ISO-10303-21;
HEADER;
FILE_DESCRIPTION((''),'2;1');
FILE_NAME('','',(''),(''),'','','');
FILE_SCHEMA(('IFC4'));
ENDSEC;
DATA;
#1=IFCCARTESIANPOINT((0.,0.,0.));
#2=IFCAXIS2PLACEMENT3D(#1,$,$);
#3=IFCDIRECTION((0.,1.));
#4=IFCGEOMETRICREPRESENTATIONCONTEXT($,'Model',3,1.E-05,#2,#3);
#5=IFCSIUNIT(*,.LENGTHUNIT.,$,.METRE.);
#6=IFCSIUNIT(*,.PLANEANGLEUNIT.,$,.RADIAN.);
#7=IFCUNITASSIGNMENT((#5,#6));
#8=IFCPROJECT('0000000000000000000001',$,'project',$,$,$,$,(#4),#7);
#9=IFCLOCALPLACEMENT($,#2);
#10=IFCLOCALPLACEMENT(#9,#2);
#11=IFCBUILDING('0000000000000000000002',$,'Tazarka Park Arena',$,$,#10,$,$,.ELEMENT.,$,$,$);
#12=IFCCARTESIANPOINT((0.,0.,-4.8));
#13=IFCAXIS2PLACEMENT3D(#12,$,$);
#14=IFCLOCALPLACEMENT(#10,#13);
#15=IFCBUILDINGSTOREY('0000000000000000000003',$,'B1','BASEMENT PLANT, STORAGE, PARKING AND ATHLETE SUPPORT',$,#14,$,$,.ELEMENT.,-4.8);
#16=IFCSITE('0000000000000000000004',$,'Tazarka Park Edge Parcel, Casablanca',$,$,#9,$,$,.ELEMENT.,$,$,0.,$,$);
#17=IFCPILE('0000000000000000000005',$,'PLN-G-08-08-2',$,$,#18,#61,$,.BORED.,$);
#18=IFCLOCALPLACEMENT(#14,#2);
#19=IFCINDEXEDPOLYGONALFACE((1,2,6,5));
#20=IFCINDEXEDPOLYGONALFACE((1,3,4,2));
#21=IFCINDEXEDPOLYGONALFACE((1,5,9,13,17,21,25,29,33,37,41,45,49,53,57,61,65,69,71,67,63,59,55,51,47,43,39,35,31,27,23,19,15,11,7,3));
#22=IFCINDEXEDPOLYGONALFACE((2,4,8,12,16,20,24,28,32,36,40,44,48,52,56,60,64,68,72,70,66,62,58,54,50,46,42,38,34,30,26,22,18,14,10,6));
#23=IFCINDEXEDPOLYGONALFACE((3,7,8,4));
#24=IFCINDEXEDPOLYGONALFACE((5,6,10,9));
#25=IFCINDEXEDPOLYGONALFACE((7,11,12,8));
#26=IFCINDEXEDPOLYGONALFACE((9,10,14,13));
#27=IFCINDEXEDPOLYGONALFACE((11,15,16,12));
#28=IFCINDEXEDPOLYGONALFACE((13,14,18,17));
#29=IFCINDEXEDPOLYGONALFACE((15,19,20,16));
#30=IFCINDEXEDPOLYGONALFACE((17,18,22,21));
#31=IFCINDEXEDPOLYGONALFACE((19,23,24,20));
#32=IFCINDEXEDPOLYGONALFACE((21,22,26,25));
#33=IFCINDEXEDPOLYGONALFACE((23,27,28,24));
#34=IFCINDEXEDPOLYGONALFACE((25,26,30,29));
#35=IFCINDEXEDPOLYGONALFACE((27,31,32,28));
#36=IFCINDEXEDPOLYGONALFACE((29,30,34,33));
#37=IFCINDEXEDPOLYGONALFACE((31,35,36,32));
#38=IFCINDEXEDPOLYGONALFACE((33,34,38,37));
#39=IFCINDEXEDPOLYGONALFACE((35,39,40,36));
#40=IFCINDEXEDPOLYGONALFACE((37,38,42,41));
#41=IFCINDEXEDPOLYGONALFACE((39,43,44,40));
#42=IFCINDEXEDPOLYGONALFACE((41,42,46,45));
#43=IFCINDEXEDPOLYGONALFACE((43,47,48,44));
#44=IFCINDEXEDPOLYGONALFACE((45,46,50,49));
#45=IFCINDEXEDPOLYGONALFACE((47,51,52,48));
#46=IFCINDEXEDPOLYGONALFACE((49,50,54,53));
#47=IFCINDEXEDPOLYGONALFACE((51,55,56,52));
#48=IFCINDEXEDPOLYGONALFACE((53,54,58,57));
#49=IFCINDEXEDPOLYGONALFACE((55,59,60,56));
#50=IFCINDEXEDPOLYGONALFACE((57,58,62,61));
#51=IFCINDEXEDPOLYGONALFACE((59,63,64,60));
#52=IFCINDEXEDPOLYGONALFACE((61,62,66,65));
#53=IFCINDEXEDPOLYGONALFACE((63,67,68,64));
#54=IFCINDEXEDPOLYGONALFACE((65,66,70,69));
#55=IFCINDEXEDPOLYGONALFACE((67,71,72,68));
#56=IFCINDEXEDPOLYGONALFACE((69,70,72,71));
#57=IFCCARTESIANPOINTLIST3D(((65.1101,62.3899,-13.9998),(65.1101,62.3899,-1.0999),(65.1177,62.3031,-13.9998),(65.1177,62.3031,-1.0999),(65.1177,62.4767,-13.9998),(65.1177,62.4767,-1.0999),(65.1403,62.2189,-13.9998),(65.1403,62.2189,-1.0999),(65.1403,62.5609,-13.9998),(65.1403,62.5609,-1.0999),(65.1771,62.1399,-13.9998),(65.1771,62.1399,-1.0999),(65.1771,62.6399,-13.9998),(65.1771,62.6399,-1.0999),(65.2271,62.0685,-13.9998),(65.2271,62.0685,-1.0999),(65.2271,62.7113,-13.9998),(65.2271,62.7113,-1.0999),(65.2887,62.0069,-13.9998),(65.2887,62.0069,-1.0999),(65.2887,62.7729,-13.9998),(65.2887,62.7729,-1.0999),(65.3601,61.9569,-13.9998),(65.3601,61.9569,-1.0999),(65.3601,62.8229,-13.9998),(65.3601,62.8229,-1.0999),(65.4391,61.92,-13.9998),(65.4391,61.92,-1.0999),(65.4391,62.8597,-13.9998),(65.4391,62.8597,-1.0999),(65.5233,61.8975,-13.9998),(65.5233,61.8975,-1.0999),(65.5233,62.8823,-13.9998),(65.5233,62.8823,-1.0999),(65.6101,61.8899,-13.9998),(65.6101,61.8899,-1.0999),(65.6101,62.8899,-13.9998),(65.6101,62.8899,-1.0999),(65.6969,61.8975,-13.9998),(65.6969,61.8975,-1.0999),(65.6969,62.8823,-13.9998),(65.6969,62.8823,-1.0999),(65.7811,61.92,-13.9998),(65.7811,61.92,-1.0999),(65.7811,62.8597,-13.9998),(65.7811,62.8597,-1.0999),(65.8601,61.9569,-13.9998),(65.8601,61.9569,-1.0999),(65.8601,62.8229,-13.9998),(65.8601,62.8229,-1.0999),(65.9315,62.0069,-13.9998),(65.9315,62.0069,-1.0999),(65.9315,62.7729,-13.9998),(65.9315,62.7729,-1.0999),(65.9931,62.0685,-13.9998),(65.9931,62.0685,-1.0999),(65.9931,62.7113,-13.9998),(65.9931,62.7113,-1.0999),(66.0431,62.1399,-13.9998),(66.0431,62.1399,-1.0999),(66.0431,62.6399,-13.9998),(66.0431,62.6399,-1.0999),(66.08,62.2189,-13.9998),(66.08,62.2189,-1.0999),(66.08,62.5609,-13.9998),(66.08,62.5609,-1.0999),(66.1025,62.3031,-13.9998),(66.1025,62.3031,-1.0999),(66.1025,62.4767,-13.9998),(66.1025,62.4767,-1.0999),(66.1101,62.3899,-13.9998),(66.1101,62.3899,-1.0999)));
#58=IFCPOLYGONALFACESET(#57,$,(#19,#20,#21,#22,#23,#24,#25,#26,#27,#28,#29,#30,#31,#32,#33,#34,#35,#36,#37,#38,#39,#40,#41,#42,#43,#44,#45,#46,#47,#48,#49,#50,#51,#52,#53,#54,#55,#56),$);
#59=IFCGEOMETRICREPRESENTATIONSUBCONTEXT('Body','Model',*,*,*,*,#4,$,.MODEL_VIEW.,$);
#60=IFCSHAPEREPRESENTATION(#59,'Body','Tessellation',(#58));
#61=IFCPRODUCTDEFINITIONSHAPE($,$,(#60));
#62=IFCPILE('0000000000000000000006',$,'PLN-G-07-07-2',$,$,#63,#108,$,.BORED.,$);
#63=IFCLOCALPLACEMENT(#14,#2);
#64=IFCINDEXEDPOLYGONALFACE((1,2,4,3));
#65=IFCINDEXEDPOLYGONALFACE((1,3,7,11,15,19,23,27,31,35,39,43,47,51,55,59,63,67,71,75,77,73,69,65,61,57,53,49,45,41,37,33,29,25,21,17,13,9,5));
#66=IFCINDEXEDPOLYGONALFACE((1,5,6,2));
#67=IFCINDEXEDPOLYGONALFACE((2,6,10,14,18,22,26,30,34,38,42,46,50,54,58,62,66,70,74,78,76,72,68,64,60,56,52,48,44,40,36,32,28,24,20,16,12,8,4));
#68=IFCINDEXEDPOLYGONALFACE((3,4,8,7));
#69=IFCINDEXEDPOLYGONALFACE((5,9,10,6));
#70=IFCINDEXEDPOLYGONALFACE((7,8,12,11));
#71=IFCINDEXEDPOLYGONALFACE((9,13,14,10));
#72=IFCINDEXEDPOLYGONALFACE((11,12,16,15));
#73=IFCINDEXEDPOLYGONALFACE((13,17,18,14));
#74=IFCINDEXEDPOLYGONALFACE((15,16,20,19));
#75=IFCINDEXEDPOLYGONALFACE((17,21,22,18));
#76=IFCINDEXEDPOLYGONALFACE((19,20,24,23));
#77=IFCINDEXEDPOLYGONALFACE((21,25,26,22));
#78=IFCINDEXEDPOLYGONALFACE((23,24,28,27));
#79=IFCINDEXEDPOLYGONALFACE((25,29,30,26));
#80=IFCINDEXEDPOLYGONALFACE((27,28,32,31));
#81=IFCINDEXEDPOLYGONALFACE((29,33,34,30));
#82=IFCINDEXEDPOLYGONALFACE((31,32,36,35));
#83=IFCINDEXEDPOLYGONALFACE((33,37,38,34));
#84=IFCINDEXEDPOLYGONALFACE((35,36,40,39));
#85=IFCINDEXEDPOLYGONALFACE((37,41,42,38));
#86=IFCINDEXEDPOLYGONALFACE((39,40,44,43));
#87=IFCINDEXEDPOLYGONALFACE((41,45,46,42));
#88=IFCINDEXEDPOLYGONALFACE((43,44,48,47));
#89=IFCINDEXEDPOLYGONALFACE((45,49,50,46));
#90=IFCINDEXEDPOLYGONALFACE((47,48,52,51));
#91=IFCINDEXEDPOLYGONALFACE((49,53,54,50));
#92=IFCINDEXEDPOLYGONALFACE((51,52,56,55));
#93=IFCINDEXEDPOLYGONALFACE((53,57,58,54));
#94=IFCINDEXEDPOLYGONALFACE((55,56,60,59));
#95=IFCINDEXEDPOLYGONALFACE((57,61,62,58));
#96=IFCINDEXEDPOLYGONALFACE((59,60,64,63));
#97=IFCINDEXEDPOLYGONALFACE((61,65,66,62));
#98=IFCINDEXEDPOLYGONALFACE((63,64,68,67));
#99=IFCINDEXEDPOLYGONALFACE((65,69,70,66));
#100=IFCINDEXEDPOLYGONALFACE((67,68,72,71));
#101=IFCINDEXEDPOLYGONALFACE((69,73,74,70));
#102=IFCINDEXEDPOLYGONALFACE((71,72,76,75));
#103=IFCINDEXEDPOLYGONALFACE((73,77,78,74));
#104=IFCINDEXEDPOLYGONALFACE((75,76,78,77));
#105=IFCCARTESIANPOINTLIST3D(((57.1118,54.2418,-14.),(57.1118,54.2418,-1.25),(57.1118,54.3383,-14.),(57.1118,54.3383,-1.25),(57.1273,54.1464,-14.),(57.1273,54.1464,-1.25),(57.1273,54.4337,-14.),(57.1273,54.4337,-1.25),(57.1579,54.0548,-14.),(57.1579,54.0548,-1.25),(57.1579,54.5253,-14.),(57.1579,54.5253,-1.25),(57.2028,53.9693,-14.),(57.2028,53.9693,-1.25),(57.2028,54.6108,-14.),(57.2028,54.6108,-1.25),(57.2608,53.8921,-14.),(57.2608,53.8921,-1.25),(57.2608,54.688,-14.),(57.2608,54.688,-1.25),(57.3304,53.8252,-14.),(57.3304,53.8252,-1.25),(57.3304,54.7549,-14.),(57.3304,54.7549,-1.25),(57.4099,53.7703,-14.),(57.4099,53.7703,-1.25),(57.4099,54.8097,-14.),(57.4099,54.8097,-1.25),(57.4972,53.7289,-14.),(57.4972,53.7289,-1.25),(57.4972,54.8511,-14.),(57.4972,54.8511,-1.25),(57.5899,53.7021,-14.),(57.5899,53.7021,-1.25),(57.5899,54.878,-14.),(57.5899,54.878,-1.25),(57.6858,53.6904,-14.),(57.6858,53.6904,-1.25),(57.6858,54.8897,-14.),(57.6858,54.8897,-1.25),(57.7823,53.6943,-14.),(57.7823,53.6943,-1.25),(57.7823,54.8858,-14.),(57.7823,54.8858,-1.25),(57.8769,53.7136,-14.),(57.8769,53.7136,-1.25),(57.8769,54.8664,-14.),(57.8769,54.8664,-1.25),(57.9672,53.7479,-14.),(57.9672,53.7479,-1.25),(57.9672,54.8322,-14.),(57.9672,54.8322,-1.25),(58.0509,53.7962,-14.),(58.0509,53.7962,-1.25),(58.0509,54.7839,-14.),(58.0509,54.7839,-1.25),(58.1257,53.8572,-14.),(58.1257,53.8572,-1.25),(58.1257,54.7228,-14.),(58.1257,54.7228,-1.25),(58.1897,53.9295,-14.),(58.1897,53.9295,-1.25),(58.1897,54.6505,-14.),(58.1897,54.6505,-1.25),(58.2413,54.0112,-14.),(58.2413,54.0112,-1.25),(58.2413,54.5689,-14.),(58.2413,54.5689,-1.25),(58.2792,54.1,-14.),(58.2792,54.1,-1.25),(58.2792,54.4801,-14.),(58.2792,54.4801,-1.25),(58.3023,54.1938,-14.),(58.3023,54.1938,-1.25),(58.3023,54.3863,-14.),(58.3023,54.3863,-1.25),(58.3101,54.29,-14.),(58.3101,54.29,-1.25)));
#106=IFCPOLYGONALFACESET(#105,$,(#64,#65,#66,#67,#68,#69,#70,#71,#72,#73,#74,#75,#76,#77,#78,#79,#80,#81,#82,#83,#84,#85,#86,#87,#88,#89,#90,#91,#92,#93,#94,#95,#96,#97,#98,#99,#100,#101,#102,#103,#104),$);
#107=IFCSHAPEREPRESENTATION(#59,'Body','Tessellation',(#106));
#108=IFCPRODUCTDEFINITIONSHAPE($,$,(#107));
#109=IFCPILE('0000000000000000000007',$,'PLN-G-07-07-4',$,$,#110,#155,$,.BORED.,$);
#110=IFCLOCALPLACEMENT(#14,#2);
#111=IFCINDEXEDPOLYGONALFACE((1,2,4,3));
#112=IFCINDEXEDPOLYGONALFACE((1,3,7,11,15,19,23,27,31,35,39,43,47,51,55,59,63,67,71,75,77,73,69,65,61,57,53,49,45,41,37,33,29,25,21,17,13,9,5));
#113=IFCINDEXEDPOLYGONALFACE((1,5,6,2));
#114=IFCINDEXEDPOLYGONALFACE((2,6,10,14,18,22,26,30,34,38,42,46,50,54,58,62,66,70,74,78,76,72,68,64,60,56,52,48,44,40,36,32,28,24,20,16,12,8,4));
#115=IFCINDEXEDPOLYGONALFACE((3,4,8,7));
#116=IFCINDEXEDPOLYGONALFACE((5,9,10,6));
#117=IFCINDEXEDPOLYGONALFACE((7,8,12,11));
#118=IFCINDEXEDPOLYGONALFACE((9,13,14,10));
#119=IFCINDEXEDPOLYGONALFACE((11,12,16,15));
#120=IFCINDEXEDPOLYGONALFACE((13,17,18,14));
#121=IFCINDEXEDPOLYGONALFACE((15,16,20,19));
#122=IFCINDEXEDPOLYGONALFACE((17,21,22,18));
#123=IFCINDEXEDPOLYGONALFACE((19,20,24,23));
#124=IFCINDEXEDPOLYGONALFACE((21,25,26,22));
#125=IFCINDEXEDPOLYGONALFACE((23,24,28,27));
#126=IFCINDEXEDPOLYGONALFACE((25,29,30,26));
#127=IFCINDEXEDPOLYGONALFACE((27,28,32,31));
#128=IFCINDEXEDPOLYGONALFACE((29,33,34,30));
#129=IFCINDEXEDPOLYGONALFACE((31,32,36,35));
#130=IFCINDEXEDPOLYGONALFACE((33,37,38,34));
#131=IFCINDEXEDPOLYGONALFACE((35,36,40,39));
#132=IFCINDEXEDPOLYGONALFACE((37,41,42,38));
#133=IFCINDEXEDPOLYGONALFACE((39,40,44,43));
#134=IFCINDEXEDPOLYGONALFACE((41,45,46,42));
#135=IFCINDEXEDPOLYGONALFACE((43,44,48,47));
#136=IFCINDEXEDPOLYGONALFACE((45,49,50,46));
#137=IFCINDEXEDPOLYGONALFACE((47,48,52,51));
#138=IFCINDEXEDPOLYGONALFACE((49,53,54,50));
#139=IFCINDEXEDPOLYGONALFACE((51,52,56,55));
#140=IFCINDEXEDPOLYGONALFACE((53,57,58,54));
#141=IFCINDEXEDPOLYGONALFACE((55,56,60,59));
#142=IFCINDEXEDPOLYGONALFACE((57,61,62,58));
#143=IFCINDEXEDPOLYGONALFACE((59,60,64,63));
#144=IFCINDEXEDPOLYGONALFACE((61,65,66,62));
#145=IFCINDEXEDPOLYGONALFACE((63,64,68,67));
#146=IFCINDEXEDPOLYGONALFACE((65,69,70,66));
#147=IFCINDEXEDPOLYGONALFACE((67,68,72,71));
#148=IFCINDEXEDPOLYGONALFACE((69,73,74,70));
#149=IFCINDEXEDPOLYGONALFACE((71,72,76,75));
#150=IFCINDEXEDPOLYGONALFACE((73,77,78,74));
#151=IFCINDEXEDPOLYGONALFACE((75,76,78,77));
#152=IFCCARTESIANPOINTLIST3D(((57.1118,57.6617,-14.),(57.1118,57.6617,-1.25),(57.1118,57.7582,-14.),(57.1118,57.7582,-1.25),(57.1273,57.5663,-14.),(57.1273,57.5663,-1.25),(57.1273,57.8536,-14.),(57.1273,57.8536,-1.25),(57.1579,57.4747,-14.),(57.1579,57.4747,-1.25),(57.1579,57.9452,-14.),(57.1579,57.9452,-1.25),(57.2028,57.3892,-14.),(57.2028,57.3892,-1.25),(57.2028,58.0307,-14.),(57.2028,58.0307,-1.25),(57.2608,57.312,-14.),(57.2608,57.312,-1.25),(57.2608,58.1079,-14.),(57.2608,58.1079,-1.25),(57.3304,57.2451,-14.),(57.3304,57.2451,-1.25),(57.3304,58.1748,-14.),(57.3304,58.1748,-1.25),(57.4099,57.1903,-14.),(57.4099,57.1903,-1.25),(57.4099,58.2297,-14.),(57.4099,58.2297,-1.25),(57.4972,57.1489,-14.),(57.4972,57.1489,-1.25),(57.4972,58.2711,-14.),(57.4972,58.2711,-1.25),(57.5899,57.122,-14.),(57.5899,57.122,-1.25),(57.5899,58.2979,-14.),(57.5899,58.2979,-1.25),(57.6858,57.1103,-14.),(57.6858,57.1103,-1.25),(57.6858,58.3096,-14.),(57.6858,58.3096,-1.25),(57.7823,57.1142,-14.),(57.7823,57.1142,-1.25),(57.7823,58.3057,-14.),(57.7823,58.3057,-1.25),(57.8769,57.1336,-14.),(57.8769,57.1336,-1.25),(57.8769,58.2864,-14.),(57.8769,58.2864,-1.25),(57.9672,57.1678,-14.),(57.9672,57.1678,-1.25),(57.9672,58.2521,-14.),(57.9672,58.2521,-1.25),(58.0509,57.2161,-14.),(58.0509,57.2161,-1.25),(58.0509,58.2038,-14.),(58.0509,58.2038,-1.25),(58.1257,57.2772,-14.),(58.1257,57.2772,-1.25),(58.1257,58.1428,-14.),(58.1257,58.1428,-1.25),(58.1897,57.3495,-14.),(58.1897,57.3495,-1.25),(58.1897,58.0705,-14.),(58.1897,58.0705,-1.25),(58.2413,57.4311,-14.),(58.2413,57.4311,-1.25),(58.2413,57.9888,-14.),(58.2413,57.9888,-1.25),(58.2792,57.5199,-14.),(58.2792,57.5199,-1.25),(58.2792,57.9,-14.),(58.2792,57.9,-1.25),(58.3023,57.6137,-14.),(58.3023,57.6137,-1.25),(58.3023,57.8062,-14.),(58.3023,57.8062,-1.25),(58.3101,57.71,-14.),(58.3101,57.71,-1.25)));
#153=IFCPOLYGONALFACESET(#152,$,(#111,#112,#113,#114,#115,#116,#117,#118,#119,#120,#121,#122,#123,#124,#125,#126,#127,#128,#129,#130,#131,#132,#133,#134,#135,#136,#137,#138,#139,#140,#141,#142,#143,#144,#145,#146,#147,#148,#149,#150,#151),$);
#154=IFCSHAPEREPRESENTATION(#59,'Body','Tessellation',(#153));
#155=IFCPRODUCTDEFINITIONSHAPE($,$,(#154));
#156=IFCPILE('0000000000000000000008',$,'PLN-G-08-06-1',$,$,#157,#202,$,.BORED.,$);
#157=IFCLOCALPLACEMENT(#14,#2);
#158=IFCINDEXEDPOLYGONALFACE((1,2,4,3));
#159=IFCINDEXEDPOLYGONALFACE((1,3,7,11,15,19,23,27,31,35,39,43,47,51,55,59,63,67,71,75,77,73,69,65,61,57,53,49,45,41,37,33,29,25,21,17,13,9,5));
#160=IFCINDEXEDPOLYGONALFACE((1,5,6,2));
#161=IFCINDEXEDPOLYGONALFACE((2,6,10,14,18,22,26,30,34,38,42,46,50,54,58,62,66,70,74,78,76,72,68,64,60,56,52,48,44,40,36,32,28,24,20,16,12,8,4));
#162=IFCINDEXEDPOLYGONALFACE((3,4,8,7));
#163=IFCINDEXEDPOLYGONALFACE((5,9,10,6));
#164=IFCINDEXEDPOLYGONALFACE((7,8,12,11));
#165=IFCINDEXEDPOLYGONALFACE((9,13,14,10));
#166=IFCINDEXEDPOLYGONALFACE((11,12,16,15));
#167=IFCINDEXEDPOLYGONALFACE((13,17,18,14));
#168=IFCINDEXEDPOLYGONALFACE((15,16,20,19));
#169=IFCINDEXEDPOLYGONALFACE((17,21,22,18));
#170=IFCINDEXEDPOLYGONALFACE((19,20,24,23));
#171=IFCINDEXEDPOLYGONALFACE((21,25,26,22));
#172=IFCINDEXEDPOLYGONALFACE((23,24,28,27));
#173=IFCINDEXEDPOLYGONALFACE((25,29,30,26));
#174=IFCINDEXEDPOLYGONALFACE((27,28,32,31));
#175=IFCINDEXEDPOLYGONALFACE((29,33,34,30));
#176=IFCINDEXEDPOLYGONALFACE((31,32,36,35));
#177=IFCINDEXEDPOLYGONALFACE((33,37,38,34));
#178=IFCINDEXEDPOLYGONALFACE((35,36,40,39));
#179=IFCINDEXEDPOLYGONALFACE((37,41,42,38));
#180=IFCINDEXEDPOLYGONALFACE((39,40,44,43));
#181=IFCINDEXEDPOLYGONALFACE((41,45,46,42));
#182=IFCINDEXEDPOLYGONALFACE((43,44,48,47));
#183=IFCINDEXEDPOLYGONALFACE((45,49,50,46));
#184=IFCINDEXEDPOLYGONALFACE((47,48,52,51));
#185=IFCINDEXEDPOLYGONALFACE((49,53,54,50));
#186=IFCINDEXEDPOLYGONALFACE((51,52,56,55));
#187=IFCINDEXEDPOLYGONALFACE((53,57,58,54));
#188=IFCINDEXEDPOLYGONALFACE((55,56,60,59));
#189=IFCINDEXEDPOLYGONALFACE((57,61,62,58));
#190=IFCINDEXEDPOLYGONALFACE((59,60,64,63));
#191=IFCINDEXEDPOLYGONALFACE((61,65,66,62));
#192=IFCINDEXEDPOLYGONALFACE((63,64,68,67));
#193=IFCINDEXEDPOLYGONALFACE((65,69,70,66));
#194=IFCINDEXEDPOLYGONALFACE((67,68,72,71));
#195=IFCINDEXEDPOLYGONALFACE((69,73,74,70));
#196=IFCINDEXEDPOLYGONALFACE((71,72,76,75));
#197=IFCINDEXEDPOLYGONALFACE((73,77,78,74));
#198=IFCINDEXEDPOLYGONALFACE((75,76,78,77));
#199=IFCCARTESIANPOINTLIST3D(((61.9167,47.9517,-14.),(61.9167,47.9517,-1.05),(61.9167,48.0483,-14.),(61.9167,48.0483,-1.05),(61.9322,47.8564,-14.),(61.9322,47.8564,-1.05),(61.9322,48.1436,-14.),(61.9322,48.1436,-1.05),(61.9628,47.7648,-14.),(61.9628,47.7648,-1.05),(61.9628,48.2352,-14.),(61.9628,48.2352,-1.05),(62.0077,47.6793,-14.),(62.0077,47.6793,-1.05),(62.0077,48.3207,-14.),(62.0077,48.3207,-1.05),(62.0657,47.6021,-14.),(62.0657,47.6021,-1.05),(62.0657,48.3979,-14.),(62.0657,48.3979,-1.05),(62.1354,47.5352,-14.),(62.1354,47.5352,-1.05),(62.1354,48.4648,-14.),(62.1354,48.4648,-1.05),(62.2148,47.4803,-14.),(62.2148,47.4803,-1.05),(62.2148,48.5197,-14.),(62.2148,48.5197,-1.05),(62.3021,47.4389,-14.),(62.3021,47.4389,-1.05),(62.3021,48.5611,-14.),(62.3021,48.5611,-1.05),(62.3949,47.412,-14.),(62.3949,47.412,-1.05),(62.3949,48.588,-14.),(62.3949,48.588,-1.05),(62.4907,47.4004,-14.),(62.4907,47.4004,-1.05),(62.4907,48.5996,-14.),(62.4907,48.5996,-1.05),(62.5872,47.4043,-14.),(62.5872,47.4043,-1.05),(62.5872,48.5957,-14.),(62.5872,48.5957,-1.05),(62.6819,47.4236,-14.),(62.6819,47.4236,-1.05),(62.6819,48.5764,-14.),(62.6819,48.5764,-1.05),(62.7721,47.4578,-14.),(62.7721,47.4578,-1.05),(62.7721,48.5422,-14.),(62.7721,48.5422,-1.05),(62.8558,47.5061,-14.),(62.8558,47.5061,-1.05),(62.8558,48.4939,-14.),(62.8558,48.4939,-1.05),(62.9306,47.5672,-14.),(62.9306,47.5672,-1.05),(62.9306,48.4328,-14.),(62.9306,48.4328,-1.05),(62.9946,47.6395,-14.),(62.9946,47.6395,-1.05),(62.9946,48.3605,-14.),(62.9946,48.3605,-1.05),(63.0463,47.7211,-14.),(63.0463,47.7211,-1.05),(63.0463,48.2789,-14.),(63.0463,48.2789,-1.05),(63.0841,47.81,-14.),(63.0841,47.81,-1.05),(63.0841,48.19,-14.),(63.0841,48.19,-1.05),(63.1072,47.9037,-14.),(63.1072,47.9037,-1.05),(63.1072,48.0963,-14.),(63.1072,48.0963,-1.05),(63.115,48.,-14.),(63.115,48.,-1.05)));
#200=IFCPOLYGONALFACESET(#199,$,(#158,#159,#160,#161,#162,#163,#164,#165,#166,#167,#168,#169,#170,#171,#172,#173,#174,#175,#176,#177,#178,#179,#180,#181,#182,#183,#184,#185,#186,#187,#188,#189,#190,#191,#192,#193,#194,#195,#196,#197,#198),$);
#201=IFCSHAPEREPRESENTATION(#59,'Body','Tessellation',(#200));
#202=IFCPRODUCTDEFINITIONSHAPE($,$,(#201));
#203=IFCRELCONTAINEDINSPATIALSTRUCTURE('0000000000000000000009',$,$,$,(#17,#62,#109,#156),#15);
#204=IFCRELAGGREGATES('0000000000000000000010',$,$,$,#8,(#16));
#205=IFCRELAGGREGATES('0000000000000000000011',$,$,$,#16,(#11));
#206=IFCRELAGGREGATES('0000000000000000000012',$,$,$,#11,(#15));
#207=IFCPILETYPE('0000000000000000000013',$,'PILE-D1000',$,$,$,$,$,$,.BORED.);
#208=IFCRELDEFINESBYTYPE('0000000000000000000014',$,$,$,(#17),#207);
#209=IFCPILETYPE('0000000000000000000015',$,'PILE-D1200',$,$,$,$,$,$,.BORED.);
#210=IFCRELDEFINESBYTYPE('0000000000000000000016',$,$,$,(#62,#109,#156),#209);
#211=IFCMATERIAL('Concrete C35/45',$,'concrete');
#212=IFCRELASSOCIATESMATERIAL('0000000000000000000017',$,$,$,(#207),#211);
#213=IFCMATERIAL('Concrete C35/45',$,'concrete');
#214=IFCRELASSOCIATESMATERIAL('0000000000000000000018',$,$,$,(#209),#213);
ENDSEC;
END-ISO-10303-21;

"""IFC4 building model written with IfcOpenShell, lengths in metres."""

from ifc_helpers import new_model, si_unit, direction, frame, origin, origin_2d, place, context, subcontext, project, spatial, circle, extrude, material, material_profile, profile_set, type_object, element, save


model = new_model("IFC4")

# Units and contexts
model_context = context("Model", 3, precision=1e-05, world=origin(), true_north=direction((0.0, 1.0)))
body_context = subcontext(model_context, "Body", "Model", "MODEL_VIEW")
ifc_project = project(units=[si_unit("LENGTHUNIT", "METRE"), si_unit("PLANEANGLEUNIT", "RADIAN")], contexts=[model_context])

# Site, building, storey
site_placement = place(None, origin())
site = spatial("IfcSite", under=ifc_project, at=site_placement, Name="Tazarka Park Edge Parcel, Casablanca", CompositionType="ELEMENT", RefElevation=0.0)
building_placement = place(site_placement, origin())
building = spatial("IfcBuilding", under=site, at=building_placement, Name="Tazarka Park Arena", CompositionType="ELEMENT")
storey_placement = place(building_placement, frame((0.0, 0.0, -4.8)))
storey = spatial("IfcBuildingStorey", under=building, at=storey_placement, Name="B1", Description="BASEMENT PLANT, STORAGE, PARKING AND ATHLETE SUPPORT", CompositionType="ELEMENT", Elevation=-4.8)

# Piles
ifc_material_1 = material(Name="Concrete C35/45", Category="concrete")
ifc_material_profile_1 = material_profile(ifc_material_1, circle(Radius=0.5, at=origin_2d()), Name="Concrete C35/45")
ifc_profile_set_1 = profile_set([ifc_material_profile_1], Name="Concrete C35/45")
pile_type_1 = type_object("IfcPileType", Name="PILE-D1000", PredefinedType="BORED", material=ifc_profile_set_1)
for number, where, z_axis, x_axis, name in (
    (1, (65.6101, 62.3899, -1.0999), (0.0, 0.0, -1.0), (1.0, 0.0, 0.0), "PLN-G-08-08-2"),
):
    element("IfcPile", number, at=place(storey_placement, frame(where, z_axis=z_axis, x_axis=x_axis)), inside=storey, type_object=pile_type_1, Name=name, PredefinedType="BORED", context=body_context, shape_type="SweptSolid", body=[
        extrude(circle(Radius=0.5, at=origin_2d()), origin(), (0.0, 0.0, 1.0), 12.8999),
    ])
ifc_material_2 = material(Name="Concrete C35/45", Category="concrete")
ifc_material_profile_2 = material_profile(ifc_material_2, circle(Radius=0.6001, at=origin_2d()), Name="Concrete C35/45")
ifc_profile_set_2 = profile_set([ifc_material_profile_2], Name="Concrete C35/45")
pile_type_2 = type_object("IfcPileType", Name="PILE-D1200", PredefinedType="BORED", material=ifc_profile_set_2)
for number, where, z_axis, x_axis, name in (
    (2, (57.71, 54.29, -1.25), (0.0, 0.0, -1.0), (1.0, 0.0, 0.0), "PLN-G-07-07-2"),
    (3, (57.71, 57.71, -1.25), (0.0, 0.0, -1.0), (1.0, 0.0, 0.0), "PLN-G-07-07-4"),
):
    element("IfcPile", number, at=place(storey_placement, frame(where, z_axis=z_axis, x_axis=x_axis)), inside=storey, type_object=pile_type_2, Name=name, PredefinedType="BORED", context=body_context, shape_type="SweptSolid", body=[
        extrude(circle(Radius=0.6001, at=origin_2d()), origin(), (0.0, 0.0, 1.0), 12.75),
    ])
for number, where, z_axis, x_axis, name in (
    (4, (62.5149, 48.0, -1.05), (0.0, 0.0, -1.0), (1.0, 0.0, 0.0), "PLN-G-08-06-1"),
):
    element("IfcPile", number, at=place(storey_placement, frame(where, z_axis=z_axis, x_axis=x_axis)), inside=storey, type_object=pile_type_2, Name=name, PredefinedType="BORED", context=body_context, shape_type="SweptSolid", body=[
        extrude(circle(Radius=0.6001, at=origin_2d()), origin(), (0.0, 0.0, 1.0), 12.95),
    ])

save(model, "model.ifc")
